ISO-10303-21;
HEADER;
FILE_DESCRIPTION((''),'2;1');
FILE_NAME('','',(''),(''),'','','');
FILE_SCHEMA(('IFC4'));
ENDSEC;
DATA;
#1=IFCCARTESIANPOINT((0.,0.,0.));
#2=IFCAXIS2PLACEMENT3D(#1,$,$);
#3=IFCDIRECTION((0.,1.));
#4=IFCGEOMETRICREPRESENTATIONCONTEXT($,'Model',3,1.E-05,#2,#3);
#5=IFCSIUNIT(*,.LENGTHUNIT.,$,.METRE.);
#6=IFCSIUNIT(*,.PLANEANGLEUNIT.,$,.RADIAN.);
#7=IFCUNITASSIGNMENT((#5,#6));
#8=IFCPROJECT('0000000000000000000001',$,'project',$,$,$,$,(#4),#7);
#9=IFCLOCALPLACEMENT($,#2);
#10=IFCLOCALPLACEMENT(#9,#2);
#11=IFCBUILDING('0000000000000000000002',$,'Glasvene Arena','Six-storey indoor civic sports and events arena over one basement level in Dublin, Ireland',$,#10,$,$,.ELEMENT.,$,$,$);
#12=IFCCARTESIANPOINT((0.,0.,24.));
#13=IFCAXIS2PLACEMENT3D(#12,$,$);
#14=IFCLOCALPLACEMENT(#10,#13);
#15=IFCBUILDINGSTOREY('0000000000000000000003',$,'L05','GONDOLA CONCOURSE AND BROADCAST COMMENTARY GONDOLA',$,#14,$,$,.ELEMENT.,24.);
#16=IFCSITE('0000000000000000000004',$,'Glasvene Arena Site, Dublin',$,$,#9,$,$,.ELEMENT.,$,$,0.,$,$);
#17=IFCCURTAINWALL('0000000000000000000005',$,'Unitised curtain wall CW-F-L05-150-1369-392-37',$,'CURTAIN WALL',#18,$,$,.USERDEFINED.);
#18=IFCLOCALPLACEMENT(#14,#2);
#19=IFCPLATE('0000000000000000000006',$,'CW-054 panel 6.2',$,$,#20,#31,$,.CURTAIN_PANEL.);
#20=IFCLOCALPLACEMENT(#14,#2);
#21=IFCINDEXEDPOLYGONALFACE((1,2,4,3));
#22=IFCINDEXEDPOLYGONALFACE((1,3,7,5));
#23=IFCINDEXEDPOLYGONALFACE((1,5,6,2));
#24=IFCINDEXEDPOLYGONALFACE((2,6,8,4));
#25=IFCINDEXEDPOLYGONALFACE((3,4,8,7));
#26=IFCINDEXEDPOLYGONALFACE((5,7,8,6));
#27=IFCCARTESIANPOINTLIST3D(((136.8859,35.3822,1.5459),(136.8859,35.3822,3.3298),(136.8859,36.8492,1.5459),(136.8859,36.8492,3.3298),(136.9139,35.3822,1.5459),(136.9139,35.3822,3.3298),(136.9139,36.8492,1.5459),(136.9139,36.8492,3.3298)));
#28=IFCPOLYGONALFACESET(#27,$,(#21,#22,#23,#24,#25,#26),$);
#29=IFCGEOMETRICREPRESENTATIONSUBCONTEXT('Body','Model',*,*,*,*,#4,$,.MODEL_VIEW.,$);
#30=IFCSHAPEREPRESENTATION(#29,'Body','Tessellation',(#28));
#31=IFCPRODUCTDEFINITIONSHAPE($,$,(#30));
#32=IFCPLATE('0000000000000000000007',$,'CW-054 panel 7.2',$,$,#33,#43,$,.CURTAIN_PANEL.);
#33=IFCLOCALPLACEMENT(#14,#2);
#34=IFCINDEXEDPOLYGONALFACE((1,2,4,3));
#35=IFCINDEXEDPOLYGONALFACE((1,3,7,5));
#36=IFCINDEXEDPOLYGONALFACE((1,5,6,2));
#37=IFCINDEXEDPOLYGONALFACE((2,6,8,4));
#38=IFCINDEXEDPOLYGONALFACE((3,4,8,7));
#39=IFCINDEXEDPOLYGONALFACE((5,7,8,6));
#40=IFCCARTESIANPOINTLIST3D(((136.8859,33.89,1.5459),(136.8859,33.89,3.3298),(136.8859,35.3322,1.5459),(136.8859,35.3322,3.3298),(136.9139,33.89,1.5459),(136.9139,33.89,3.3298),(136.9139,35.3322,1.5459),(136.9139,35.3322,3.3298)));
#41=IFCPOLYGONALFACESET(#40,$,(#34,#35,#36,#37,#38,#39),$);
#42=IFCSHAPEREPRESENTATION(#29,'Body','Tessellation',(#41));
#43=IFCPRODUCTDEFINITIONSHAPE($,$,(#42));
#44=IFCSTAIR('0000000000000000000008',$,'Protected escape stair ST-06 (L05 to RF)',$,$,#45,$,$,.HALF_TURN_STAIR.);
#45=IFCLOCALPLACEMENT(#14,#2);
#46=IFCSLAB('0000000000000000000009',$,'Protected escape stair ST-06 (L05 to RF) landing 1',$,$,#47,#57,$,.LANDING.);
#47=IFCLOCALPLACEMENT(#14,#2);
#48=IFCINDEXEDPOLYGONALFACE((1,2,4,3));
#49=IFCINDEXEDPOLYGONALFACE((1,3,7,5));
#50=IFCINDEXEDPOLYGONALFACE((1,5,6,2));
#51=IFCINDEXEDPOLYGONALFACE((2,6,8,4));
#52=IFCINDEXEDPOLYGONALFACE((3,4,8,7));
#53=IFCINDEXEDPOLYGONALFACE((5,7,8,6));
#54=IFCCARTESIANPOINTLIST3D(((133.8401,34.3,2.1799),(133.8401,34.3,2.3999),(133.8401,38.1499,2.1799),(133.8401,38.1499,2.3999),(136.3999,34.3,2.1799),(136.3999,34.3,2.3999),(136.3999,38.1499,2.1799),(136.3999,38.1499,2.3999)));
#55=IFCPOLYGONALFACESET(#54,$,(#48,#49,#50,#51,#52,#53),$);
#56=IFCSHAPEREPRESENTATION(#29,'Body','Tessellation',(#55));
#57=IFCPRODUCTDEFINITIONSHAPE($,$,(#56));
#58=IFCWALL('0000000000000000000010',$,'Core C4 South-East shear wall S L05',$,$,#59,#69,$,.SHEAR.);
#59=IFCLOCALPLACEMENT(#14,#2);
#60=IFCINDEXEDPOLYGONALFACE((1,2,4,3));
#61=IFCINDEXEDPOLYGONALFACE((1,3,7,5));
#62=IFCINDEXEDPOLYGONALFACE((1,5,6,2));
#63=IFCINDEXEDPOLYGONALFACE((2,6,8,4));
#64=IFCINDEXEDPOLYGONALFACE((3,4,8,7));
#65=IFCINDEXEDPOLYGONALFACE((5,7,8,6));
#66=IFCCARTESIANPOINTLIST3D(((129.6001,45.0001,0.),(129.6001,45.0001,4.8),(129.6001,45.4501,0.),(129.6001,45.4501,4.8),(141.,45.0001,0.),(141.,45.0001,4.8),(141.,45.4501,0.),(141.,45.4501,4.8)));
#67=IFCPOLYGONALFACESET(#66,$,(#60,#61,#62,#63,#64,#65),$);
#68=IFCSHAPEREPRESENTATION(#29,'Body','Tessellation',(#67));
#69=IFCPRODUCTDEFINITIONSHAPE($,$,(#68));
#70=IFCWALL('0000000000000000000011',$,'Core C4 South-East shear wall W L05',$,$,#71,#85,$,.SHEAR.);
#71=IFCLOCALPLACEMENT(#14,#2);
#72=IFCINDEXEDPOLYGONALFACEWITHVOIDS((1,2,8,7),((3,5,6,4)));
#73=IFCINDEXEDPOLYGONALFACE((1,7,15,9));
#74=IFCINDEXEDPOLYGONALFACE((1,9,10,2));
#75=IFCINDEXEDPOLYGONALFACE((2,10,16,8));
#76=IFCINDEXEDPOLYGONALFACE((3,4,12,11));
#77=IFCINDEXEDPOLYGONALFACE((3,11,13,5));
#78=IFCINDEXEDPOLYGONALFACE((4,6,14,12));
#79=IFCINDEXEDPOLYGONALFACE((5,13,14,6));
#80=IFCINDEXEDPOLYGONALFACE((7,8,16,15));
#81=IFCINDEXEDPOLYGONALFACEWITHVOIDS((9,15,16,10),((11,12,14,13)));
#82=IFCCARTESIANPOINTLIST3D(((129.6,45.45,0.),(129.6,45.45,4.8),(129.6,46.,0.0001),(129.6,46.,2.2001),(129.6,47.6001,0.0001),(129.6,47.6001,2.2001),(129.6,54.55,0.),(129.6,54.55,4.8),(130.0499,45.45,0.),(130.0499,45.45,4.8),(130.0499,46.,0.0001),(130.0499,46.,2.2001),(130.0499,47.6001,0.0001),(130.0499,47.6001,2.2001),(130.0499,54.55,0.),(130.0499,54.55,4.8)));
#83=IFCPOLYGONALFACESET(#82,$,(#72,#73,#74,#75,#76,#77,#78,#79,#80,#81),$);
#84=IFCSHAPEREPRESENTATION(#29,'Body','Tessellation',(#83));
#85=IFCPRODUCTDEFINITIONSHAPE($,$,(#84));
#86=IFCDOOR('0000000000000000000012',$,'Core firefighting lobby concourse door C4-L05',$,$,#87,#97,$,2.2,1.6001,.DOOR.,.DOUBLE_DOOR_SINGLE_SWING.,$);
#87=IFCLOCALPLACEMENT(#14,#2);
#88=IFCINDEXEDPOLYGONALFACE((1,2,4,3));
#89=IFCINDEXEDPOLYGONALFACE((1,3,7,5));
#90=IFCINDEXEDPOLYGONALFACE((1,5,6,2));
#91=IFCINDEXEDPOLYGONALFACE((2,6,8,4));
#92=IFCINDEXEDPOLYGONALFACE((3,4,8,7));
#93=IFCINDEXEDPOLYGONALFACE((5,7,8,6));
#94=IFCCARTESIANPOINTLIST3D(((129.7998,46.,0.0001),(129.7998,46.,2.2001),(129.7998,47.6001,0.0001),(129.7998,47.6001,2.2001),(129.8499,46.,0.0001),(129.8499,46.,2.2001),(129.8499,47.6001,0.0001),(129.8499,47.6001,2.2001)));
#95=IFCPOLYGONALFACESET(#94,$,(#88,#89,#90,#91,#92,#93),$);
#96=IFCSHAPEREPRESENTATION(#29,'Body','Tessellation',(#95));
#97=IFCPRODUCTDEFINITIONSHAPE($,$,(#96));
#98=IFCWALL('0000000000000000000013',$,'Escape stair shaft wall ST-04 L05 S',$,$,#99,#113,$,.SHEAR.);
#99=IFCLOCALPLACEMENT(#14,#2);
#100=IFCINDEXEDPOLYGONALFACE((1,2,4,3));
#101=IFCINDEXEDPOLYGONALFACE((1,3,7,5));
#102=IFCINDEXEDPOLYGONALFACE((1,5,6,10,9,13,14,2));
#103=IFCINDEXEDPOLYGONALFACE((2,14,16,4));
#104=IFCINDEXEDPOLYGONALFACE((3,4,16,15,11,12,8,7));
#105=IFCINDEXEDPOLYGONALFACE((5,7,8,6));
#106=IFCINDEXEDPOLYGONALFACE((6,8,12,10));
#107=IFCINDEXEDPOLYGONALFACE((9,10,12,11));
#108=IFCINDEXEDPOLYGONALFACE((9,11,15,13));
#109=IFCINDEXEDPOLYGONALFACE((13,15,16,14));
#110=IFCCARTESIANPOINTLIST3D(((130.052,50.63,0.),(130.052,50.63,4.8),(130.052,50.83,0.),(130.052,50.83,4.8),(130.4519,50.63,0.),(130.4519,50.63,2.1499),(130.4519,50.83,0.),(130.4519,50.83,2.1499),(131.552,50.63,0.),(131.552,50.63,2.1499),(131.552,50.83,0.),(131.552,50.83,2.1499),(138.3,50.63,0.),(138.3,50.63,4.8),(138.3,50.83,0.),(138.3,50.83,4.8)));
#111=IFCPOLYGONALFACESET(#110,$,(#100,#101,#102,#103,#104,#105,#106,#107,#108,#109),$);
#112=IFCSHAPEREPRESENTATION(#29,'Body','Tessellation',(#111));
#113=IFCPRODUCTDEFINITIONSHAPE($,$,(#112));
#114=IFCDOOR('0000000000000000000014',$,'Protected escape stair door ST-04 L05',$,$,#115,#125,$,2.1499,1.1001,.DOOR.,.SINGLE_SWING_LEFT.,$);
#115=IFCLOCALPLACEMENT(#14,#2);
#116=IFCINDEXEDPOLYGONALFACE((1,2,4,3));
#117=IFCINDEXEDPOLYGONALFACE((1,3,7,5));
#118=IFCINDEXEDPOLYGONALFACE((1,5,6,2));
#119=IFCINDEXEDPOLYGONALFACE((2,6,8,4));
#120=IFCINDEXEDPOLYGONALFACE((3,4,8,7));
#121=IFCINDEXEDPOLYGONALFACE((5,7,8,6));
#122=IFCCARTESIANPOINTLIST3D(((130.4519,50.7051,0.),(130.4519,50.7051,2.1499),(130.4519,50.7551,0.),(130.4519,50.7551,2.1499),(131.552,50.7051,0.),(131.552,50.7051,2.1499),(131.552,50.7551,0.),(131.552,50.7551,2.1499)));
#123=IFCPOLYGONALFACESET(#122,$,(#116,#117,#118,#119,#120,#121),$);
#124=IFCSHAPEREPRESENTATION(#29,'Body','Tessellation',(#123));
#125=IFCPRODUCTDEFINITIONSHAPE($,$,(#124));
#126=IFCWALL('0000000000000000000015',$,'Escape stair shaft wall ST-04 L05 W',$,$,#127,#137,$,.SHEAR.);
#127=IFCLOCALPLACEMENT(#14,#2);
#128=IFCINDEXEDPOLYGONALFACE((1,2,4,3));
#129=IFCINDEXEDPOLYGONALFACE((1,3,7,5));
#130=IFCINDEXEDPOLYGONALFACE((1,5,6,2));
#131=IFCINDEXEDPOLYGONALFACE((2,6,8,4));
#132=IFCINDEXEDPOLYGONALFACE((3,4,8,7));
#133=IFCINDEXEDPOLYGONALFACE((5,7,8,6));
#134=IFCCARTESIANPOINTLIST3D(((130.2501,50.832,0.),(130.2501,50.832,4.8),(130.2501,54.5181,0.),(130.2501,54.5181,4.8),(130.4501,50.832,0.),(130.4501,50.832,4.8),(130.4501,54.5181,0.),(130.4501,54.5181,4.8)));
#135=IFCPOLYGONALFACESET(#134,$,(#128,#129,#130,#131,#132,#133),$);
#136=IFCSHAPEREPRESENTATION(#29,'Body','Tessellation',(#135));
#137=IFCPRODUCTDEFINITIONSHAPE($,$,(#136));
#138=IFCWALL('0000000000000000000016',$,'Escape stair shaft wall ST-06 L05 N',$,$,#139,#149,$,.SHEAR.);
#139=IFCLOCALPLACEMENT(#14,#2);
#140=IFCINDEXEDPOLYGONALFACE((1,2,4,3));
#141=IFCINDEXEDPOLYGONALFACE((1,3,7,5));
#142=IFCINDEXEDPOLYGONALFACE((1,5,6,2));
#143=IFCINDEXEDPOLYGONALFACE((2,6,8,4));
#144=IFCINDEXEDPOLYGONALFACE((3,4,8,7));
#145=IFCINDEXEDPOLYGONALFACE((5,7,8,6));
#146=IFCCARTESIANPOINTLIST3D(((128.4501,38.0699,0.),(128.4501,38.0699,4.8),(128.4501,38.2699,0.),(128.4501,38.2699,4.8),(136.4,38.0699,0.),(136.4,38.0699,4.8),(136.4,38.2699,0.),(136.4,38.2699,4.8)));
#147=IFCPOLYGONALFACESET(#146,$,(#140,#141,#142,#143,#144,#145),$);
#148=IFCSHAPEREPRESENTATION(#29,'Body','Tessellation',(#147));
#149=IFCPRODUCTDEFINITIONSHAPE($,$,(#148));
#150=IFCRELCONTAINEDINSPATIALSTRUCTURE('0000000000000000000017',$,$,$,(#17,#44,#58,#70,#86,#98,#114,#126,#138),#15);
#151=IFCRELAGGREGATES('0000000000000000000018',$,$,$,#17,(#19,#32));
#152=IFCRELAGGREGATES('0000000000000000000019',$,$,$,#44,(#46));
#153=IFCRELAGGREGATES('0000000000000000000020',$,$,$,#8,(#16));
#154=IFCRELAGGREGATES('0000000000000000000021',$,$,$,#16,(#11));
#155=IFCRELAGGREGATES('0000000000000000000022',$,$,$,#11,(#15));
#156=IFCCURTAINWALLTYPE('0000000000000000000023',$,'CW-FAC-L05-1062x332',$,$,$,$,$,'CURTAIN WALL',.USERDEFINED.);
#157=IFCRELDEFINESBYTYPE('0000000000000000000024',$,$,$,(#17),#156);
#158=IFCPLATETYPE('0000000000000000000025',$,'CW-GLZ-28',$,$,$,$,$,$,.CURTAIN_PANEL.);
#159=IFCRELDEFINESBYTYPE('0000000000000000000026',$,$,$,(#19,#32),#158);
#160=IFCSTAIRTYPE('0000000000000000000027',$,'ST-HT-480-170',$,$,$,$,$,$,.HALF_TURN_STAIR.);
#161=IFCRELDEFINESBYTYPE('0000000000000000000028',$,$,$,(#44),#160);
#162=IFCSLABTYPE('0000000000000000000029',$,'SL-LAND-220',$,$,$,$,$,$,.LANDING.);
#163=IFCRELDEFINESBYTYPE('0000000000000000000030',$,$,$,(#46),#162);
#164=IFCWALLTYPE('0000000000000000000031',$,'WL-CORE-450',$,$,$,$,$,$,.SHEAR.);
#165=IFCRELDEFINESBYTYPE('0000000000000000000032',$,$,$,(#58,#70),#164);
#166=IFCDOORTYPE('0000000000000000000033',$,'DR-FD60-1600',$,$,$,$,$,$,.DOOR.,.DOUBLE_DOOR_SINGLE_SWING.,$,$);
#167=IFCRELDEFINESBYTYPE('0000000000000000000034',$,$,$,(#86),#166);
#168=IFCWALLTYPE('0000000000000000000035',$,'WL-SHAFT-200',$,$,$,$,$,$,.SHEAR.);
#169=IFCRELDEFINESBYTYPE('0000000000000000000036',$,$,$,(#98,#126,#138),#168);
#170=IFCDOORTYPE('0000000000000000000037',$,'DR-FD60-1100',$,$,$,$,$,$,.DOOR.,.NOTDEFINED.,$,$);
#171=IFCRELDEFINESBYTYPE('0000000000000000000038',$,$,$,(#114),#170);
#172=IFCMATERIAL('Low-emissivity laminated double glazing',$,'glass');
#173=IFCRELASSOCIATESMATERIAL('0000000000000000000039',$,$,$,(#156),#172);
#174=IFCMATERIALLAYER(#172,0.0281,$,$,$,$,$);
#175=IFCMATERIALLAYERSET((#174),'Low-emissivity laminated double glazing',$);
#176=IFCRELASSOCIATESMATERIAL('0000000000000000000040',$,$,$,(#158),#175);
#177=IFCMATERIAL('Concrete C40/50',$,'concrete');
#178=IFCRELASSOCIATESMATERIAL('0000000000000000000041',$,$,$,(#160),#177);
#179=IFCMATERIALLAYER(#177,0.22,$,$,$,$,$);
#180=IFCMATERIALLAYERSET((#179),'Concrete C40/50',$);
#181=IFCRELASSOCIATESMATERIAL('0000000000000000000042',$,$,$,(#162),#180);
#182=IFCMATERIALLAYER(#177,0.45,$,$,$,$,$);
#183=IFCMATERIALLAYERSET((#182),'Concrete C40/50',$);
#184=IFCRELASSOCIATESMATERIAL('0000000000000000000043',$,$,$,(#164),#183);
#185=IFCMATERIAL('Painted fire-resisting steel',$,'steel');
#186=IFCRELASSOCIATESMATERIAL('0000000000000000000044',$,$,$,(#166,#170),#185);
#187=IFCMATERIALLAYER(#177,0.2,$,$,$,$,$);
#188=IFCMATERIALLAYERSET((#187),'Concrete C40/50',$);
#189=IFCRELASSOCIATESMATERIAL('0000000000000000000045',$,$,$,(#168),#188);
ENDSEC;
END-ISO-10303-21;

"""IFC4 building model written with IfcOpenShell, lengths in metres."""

from ifc_helpers import new_model, si_unit, direction, frame, frame_2d, origin, origin_2d, place, context, subcontext, project, spatial, polyline, rectangle, outline, extrude, material, layer, layer_set, type_object, element, fill, aggregate, save


model = new_model("IFC4")

# Units and contexts
model_context = context("Model", 3, precision=1e-05, world=origin(), true_north=direction((0.0, 1.0)))
body_context = subcontext(model_context, "Body", "Model", "MODEL_VIEW")
ifc_project = project(units=[si_unit("LENGTHUNIT", "METRE"), si_unit("PLANEANGLEUNIT", "RADIAN")], contexts=[model_context])

# Site, building, storey
site_placement = place(None, origin())
site = spatial("IfcSite", under=ifc_project, at=site_placement, Name="Glasvene Arena Site, Dublin", CompositionType="ELEMENT", RefElevation=0.0)
building_placement = place(site_placement, origin())
building = spatial("IfcBuilding", under=site, at=building_placement, Name="Glasvene Arena", Description="Six-storey indoor civic sports and events arena over one basement level in Dublin, Ireland", CompositionType="ELEMENT")
storey_placement = place(building_placement, frame((0.0, 0.0, 24.0)))
storey = spatial("IfcBuildingStorey", under=building, at=storey_placement, Name="L05", Description="GONDOLA CONCOURSE AND BROADCAST COMMENTARY GONDOLA", CompositionType="ELEMENT", Elevation=24.0)

# Curtain wall, plates
ifc_material_1 = material(Name="Low-emissivity laminated double glazing", Category="glass")
curtain_wall_type = type_object("IfcCurtainWallType", Name="CW-FAC-L05-1062x332", ElementType="CURTAIN WALL", PredefinedType="USERDEFINED", material=ifc_material_1)
curtain_wall_placement = place(storey_placement, frame((136.8999, 44.46, 0.0)))
curtain_wall = element("IfcCurtainWall", 1, at=curtain_wall_placement, inside=storey, type_object=curtain_wall_type, Name="Unitised curtain wall CW-F-L05-150-1369-392-37", ObjectType="CURTAIN WALL", PredefinedType="USERDEFINED")
ifc_layer_1 = layer(ifc_material_1, 0.0281)
ifc_layer_set_1 = layer_set([ifc_layer_1], Name="Low-emissivity laminated double glazing")
plate_type = type_object("IfcPlateType", Name="CW-GLZ-28", PredefinedType="CURTAIN_PANEL", material=ifc_layer_set_1)
plate_1_placement = place(storey_placement, frame((136.8999, 36.1157, 1.5459), z_axis=(0.0, 0.0, 1.0), x_axis=(0.0, -1.0, 0.0)))
plate_1 = element("IfcPlate", 2, at=plate_1_placement, type_object=plate_type, Name="CW-054 panel 6.2", PredefinedType="CURTAIN_PANEL", context=body_context, shape_type="SweptSolid", body=[
    extrude(rectangle(XDim=1.467, YDim=0.0281, at=origin_2d()), origin(), (0.0, 0.0, 1.0), 1.7839),
])
plate_2_placement = place(storey_placement, frame((136.8999, 34.6111, 1.5459), z_axis=(0.0, 0.0, 1.0), x_axis=(0.0, -1.0, 0.0)))
plate_2 = element("IfcPlate", 3, at=plate_2_placement, type_object=plate_type, Name="CW-054 panel 7.2", PredefinedType="CURTAIN_PANEL", context=body_context, shape_type="SweptSolid", body=[
    extrude(rectangle(XDim=1.4421, YDim=0.0281, at=origin_2d()), origin(), (0.0, 0.0, 1.0), 1.7839),
])
aggregate(curtain_wall, [plate_1, plate_2])

# Stair, slab
ifc_material_2 = material(Name="Concrete C40/50", Category="concrete")
stair_type = type_object("IfcStairType", Name="ST-HT-480-170", PredefinedType="HALF_TURN_STAIR", material=ifc_material_2)
stair_placement = place(storey_placement, origin())
stair = element("IfcStair", 4, at=stair_placement, inside=storey, type_object=stair_type, Name="Protected escape stair ST-06 (L05 to RF)", PredefinedType="HALF_TURN_STAIR")
ifc_layer_2 = layer(ifc_material_2, 0.22)
ifc_layer_set_2 = layer_set([ifc_layer_2], Name="Concrete C40/50")
slab_type_1 = type_object("IfcSlabType", Name="SL-LAND-220", PredefinedType="LANDING", material=ifc_layer_set_2)
slab_1_placement = place(storey_placement, frame((135.1201, 36.2251, 2.1799)))
slab_1 = element("IfcSlab", 5, at=slab_1_placement, type_object=slab_type_1, Name="Protected escape stair ST-06 (L05 to RF) landing 1", PredefinedType="LANDING", context=body_context, shape_type="SweptSolid", body=[
    extrude(outline(polyline([(-1.28, -1.925), (1.2798, -1.925), (1.2798, 1.9248), (-1.28, 1.9248), (-1.28, -1.925)])), origin(), (0.0, 0.0, 1.0), 0.22),
])

# Wall
ifc_layer_3 = layer(ifc_material_2, 0.45)
ifc_layer_set_3 = layer_set([ifc_layer_3], Name="Concrete C40/50")
wall_type_1 = type_object("IfcWallType", Name="WL-CORE-450", PredefinedType="SHEAR", material=ifc_layer_set_3)
wall_1_placement = place(storey_placement, frame((129.6001, 45.2251, 0.0), z_axis=(0.0, 0.0, 1.0), x_axis=(1.0, 0.0, 0.0)))
element("IfcWall", 6, at=wall_1_placement, inside=storey, type_object=wall_type_1, Name="Core C4 South-East shear wall S L05", PredefinedType="SHEAR", context=body_context, shape_type="SweptSolid", body=[
    extrude(rectangle(XDim=11.3999, YDim=0.45, at=frame_2d((5.7, 0.0))), origin(), (0.0, 0.0, 1.0), 4.8),
])

# Walls, openings, doors
wall_2_placement = place(storey_placement, frame((129.825, 45.45, 0.0), z_axis=(0.0, 0.0, 1.0), x_axis=(0.0, 1.0, 0.0)))
wall_2 = element("IfcWall", 7, at=wall_2_placement, inside=storey, type_object=wall_type_1, Name="Core C4 South-East shear wall W L05", PredefinedType="SHEAR", context=body_context, shape_type="SweptSolid", body=[
    extrude(rectangle(XDim=9.1001, YDim=0.45, at=frame_2d((4.55, 0.0))), origin(), (0.0, 0.0, 1.0), 4.8),
])
opening_1_placement = place(wall_2_placement, frame((0.55, 0.0, 0.0)))
opening_1 = element("IfcOpeningElement", 8, at=opening_1_placement, cuts=wall_2, PredefinedType="OPENING", context=body_context, shape_type="SweptSolid", body=[
    extrude(rectangle(XDim=1.6001, YDim=2.2, at=frame_2d((0.8, 1.1001))), frame((0.0, 0.2349, 0.0), z_axis=(0.0, -1.0, 0.0), x_axis=(1.0, 0.0, 0.0)), (0.0, 0.0, 1.0), 0.47),
])
ifc_material_3 = material(Name="Painted fire-resisting steel", Category="steel")
door_type_1 = type_object("IfcDoorType", Name="DR-FD60-1600", OperationType="DOUBLE_DOOR_SINGLE_SWING", PredefinedType="DOOR", material=ifc_material_3)
door_1_placement = place(opening_1_placement, frame((1.6001, 0.0, 0.0), z_axis=(0.0, 0.0, 1.0), x_axis=(-1.0, 0.0, 0.0)))
door_1 = element("IfcDoor", 9, at=door_1_placement, inside=storey, type_object=door_type_1, Name="Core firefighting lobby concourse door C4-L05", OperationType="DOUBLE_DOOR_SINGLE_SWING", OverallHeight=2.2, OverallWidth=1.6001, PredefinedType="DOOR", context=body_context, shape_type="SweptSolid", body=[
    extrude(rectangle(XDim=1.6001, YDim=2.2, at=frame_2d((0.8, 1.1001))), frame((0.0, 0.0249, 0.0), z_axis=(0.0, -1.0, 0.0), x_axis=(1.0, 0.0, 0.0)), (0.0, 0.0, 1.0), 0.05),
])
fill(opening_1, door_1)
ifc_layer_4 = layer(ifc_material_2, 0.2)
ifc_layer_set_4 = layer_set([ifc_layer_4], Name="Concrete C40/50")
wall_type_2 = type_object("IfcWallType", Name="WL-SHAFT-200", PredefinedType="SHEAR", material=ifc_layer_set_4)
wall_3_placement = place(storey_placement, frame((130.052, 50.73, 0.0), z_axis=(0.0, 0.0, 1.0), x_axis=(1.0, 0.0, 0.0)))
wall_3 = element("IfcWall", 10, at=wall_3_placement, inside=storey, type_object=wall_type_2, Name="Escape stair shaft wall ST-04 L05 S", PredefinedType="SHEAR", context=body_context, shape_type="SweptSolid", body=[
    extrude(rectangle(XDim=8.248, YDim=0.2, at=frame_2d((4.124, 0.0))), origin(), (0.0, 0.0, 1.0), 4.8),
])
opening_2_placement = place(wall_3_placement, frame((0.3999, 0.0, 0.0)))
opening_2 = element("IfcOpeningElement", 11, at=opening_2_placement, cuts=wall_3, PredefinedType="OPENING", context=body_context, shape_type="SweptSolid", body=[
    extrude(rectangle(XDim=1.1001, YDim=2.1499, at=frame_2d((0.55, 1.075))), frame((0.0, 0.1099, 0.0), z_axis=(0.0, -1.0, 0.0), x_axis=(1.0, 0.0, 0.0)), (0.0, 0.0, 1.0), 0.22),
])
door_type_2 = type_object("IfcDoorType", Name="DR-FD60-1100", OperationType="NOTDEFINED", PredefinedType="DOOR", material=ifc_material_3)
door_2_placement = place(opening_2_placement, frame((1.1001, 0.0, 0.0), z_axis=(0.0, 0.0, 1.0), x_axis=(-1.0, 0.0, 0.0)))
door_2 = element("IfcDoor", 12, at=door_2_placement, inside=storey, type_object=door_type_2, Name="Protected escape stair door ST-04 L05", OperationType="SINGLE_SWING_LEFT", OverallHeight=2.1499, OverallWidth=1.1001, PredefinedType="DOOR", context=body_context, shape_type="SweptSolid", body=[
    extrude(rectangle(XDim=1.1001, YDim=2.1499, at=frame_2d((0.55, 1.075))), frame((0.0, 0.0249, 0.0), z_axis=(0.0, -1.0, 0.0), x_axis=(1.0, 0.0, 0.0)), (0.0, 0.0, 1.0), 0.05),
])
fill(opening_2, door_2)

# Walls
wall_4_placement = place(storey_placement, frame((130.3501, 50.832, 0.0), z_axis=(0.0, 0.0, 1.0), x_axis=(0.0, 1.0, 0.0)))
element("IfcWall", 13, at=wall_4_placement, inside=storey, type_object=wall_type_2, Name="Escape stair shaft wall ST-04 L05 W", PredefinedType="SHEAR", context=body_context, shape_type="SweptSolid", body=[
    extrude(rectangle(XDim=3.686, YDim=0.2, at=frame_2d((1.843, 0.0))), origin(), (0.0, 0.0, 1.0), 4.8),
])
wall_5_placement = place(storey_placement, frame((128.45, 38.1699, 0.0), z_axis=(0.0, 0.0, 1.0), x_axis=(1.0, 0.0, 0.0)))
element("IfcWall", 14, at=wall_5_placement, inside=storey, type_object=wall_type_2, Name="Escape stair shaft wall ST-06 L05 N", PredefinedType="SHEAR", context=body_context, shape_type="SweptSolid", body=[
    extrude(rectangle(XDim=7.95, YDim=0.2, at=frame_2d((3.9751, 0.0))), origin(), (0.0, 0.0, 1.0), 4.8),
])

aggregate(stair, [slab_1])

save(model, "model.ifc")
